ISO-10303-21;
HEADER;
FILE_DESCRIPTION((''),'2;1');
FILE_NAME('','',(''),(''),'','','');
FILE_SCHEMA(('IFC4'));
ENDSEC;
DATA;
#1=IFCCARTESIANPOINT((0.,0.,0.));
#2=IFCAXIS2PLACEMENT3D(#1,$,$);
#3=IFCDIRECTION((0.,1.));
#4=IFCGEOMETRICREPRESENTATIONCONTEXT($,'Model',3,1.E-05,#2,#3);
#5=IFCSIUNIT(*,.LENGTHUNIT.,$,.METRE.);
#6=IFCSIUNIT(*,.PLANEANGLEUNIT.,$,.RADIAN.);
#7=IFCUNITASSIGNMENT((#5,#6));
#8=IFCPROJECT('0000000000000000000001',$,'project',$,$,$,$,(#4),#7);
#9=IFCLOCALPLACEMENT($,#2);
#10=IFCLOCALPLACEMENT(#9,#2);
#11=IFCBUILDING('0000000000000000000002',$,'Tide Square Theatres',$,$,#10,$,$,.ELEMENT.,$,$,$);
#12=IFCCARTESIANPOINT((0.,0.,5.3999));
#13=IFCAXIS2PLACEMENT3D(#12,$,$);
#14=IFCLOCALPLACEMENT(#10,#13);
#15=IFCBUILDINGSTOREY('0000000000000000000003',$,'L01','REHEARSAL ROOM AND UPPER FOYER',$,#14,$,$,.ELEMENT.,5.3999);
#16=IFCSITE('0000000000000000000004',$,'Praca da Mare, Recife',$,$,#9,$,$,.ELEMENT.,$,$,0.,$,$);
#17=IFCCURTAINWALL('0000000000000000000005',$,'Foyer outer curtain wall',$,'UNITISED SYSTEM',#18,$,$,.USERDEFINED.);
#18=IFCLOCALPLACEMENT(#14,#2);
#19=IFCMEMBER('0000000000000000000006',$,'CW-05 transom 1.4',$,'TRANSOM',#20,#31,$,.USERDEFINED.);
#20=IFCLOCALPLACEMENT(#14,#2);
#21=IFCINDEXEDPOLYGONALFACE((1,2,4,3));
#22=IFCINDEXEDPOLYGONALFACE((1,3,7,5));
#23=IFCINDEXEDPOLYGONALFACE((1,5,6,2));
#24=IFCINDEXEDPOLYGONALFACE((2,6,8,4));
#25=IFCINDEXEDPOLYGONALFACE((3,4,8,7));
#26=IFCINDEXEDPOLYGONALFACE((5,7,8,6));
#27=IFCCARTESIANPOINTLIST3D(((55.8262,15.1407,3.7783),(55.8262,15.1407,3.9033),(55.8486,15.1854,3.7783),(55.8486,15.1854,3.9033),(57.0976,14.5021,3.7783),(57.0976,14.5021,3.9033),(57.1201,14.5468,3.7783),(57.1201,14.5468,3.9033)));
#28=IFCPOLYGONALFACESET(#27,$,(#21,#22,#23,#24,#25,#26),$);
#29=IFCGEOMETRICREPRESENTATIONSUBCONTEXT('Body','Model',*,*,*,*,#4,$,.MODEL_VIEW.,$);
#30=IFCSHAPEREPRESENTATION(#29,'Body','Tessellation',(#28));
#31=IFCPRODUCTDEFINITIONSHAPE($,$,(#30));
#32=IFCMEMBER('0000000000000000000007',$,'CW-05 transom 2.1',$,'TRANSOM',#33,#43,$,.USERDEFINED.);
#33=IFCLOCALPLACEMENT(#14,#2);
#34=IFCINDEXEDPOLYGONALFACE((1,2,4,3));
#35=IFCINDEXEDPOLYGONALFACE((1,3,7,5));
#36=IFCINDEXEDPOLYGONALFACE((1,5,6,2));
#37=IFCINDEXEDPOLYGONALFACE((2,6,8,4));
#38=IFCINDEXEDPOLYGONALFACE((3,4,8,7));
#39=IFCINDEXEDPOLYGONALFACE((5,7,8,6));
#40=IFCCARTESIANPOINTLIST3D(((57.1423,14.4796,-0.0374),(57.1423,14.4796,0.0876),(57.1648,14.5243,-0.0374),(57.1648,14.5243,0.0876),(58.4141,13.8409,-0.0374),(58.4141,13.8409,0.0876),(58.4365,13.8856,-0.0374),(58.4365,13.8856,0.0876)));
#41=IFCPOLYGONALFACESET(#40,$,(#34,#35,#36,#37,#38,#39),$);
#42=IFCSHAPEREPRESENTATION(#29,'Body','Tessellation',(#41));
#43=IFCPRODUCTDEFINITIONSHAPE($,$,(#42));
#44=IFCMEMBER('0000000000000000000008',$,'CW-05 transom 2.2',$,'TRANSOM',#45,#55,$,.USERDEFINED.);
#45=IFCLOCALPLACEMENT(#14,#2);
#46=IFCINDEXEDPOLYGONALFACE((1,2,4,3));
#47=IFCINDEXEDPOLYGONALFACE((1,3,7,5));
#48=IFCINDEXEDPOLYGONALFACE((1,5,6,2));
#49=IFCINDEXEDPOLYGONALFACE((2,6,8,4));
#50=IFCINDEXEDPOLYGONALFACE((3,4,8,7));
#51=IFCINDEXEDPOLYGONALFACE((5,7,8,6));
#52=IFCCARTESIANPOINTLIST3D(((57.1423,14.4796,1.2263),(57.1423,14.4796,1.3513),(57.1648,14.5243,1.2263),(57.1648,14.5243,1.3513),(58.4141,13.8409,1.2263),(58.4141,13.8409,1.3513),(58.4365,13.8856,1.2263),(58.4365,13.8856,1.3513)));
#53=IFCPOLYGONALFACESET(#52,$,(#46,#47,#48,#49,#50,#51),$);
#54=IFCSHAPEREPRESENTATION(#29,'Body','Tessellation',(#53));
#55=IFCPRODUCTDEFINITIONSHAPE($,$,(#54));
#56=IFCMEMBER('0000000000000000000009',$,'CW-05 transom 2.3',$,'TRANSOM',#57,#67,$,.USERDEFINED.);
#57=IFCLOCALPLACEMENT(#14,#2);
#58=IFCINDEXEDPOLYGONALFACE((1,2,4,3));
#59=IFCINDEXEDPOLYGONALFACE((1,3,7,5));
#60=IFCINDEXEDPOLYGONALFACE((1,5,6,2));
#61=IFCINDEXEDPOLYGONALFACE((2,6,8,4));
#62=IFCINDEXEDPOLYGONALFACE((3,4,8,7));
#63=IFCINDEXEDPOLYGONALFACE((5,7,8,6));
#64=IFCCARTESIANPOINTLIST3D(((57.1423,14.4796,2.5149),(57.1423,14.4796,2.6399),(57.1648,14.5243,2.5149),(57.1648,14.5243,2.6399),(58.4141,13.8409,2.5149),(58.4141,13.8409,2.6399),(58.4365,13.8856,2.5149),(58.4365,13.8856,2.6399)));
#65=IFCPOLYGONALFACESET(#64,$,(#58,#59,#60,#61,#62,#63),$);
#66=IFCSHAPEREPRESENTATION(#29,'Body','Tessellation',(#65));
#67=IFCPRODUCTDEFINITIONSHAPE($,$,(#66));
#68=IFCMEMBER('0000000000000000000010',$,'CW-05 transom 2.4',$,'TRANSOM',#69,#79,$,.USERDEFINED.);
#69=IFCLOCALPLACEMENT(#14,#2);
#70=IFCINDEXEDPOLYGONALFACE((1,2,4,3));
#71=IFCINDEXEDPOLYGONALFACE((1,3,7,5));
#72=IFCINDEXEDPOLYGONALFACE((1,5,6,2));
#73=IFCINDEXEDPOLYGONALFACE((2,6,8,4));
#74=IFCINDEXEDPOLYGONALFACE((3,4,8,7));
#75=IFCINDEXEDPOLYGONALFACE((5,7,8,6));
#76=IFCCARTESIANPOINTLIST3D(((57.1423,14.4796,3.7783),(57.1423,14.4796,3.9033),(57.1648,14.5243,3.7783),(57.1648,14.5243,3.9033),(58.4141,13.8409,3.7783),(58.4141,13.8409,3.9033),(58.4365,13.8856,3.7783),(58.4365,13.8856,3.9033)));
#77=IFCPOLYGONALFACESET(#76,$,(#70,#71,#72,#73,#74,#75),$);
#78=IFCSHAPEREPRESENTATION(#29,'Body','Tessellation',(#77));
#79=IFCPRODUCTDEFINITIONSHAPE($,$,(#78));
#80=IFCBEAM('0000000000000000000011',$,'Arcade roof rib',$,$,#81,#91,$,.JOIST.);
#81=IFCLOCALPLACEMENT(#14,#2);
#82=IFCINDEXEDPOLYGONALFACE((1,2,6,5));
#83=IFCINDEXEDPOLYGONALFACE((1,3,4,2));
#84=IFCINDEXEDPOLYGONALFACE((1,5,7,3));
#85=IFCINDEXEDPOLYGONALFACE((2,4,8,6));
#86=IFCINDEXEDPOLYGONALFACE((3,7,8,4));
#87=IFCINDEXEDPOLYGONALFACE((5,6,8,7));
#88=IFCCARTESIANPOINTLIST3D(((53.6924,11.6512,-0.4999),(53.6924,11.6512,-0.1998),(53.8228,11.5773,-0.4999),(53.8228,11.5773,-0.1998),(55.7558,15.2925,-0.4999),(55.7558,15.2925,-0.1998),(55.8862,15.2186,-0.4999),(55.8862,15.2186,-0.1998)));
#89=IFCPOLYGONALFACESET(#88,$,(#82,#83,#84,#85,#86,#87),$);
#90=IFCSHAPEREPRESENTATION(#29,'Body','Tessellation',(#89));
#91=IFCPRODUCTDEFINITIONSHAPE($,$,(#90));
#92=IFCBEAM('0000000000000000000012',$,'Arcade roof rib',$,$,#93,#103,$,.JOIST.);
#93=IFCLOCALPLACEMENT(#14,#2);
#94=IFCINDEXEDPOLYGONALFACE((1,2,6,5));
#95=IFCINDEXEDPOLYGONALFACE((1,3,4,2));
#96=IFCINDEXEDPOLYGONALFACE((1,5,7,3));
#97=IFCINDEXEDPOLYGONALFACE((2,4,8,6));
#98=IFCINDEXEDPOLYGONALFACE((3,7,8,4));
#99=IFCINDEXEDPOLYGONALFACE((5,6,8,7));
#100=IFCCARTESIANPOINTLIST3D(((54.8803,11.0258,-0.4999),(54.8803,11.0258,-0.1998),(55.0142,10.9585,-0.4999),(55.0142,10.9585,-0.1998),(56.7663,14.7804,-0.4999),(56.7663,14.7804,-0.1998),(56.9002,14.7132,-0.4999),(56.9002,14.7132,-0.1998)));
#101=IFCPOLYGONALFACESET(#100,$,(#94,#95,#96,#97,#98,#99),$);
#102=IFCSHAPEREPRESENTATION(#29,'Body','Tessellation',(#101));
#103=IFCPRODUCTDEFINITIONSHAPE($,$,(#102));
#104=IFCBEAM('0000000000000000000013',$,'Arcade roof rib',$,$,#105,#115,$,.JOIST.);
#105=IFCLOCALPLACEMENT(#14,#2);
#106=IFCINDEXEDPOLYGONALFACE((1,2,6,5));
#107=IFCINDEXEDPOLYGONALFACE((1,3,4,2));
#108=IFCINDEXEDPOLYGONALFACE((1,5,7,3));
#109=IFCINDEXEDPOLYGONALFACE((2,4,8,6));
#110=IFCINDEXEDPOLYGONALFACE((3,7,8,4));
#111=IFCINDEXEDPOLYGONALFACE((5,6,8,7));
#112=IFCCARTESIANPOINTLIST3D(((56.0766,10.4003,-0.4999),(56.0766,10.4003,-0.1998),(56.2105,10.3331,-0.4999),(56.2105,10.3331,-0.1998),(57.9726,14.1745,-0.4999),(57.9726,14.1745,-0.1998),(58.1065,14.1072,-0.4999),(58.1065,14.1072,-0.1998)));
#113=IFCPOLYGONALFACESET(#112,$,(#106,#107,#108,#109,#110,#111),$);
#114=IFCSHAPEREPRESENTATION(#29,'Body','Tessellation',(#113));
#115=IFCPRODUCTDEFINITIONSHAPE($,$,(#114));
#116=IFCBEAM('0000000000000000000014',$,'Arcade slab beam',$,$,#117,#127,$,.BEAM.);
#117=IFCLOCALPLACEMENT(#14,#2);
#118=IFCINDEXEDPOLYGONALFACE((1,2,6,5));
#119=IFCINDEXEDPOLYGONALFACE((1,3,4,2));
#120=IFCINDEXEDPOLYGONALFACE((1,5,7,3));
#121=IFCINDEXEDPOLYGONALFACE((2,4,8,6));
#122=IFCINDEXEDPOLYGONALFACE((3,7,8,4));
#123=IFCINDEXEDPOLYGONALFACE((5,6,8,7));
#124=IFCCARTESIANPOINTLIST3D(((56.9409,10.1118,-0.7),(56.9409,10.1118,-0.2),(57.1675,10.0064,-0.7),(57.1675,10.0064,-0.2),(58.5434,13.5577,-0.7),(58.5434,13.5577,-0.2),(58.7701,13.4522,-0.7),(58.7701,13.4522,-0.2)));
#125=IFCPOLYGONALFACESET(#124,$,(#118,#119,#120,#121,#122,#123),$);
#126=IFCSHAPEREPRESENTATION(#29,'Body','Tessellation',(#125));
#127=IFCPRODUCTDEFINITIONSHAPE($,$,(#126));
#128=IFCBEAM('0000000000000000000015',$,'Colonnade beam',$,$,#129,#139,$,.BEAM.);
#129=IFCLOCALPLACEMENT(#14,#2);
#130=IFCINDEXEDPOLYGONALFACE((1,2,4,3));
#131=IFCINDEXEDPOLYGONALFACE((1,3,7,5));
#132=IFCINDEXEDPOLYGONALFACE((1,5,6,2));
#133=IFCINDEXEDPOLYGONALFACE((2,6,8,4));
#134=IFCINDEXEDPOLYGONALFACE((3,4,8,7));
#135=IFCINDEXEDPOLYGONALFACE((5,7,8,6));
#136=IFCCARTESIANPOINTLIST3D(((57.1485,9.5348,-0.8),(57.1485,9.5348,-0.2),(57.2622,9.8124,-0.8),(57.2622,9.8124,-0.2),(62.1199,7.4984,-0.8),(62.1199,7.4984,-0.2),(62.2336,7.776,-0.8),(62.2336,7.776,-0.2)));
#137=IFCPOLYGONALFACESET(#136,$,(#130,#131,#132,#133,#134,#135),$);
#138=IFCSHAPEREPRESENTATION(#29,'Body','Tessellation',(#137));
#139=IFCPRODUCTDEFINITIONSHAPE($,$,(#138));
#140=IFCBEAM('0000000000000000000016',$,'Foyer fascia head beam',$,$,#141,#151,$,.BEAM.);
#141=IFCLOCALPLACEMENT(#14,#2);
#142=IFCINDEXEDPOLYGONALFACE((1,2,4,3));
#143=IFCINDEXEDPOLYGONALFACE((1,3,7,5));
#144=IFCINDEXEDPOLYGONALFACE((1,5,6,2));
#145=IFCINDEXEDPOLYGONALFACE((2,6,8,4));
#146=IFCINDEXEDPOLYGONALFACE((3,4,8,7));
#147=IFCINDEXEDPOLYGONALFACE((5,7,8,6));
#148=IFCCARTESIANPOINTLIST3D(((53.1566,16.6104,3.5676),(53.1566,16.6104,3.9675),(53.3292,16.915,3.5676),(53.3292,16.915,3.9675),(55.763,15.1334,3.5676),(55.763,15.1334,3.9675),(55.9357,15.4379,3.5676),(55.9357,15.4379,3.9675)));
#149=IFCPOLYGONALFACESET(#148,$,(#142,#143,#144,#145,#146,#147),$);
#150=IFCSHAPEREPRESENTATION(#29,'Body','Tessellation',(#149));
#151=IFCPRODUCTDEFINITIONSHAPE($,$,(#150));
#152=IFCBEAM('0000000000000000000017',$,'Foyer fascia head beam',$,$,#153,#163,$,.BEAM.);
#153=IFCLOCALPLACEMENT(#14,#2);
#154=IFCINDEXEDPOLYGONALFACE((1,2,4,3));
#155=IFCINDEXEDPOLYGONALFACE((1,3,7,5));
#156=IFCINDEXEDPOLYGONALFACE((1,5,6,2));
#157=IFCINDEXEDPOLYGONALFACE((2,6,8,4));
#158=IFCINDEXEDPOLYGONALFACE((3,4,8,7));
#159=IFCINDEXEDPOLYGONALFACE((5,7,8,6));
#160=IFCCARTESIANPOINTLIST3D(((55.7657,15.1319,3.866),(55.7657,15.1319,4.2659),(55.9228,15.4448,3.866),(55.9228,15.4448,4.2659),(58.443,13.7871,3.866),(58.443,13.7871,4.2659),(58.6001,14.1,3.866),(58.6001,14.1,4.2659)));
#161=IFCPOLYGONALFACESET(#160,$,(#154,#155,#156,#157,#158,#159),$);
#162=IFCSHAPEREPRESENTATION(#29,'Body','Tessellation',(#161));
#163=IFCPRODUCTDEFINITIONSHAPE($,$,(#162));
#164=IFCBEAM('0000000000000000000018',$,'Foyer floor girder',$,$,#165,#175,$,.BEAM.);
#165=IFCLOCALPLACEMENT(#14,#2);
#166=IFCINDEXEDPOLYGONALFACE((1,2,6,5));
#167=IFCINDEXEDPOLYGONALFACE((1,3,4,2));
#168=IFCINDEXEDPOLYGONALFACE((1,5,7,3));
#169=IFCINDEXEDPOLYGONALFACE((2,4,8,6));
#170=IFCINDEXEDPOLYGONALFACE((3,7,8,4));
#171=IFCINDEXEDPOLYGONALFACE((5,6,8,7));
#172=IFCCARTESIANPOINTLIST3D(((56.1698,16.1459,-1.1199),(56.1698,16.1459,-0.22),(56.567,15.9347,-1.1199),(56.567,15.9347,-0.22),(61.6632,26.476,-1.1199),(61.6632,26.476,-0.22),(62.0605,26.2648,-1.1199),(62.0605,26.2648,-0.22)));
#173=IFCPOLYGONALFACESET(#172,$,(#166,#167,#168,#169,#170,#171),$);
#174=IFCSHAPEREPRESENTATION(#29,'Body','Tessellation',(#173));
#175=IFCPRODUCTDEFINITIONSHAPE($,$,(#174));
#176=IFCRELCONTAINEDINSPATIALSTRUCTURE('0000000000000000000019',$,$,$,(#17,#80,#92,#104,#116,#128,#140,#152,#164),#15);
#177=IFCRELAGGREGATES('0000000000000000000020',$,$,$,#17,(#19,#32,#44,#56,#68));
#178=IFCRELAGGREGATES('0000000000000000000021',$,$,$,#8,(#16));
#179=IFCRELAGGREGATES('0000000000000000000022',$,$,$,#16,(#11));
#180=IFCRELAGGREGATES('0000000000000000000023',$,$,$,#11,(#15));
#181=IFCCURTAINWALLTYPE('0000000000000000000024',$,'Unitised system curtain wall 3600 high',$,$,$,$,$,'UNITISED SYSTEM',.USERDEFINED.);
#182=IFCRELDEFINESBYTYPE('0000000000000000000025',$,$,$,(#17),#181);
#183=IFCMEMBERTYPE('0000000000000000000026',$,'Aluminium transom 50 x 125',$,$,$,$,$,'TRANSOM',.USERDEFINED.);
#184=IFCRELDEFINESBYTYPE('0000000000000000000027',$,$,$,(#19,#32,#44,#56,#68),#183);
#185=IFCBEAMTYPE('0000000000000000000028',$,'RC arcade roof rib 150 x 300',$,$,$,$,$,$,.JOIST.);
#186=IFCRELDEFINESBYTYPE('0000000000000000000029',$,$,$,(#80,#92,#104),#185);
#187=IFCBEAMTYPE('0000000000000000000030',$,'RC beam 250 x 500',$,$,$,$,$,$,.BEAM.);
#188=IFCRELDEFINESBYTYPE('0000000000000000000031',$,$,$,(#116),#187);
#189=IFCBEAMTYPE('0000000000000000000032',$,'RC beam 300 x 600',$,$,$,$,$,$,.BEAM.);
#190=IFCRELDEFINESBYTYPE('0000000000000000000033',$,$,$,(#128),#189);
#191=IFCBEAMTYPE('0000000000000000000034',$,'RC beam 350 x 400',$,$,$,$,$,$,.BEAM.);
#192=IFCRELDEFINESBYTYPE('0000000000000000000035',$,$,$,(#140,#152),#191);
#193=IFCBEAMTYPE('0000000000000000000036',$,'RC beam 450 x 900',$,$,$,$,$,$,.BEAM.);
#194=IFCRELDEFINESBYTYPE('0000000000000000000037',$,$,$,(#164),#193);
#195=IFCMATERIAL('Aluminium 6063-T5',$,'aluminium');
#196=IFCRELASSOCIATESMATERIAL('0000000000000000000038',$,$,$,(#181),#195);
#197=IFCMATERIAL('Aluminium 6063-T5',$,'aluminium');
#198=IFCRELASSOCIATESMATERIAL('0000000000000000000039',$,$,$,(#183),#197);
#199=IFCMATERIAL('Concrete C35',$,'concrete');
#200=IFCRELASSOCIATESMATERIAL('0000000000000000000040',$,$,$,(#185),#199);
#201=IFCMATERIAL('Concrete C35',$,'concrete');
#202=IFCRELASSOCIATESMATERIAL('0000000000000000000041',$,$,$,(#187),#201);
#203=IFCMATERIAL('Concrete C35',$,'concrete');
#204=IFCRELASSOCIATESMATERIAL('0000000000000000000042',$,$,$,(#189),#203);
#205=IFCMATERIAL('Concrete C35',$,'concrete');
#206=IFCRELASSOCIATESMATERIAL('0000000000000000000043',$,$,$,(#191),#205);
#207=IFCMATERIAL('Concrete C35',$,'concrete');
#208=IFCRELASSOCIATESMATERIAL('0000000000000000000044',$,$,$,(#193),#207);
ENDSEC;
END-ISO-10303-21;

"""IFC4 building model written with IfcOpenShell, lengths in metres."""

from ifc_helpers import new_model, si_unit, direction, frame, origin, origin_2d, place, context, subcontext, project, spatial, rectangle, extrude, material, material_profile, profile_set, type_object, element, aggregate, save


model = new_model("IFC4")

# Units and contexts
model_context = context("Model", 3, precision=1e-05, world=origin(), true_north=direction((0.0, 1.0)))
body_context = subcontext(model_context, "Body", "Model", "MODEL_VIEW")
ifc_project = project(units=[si_unit("LENGTHUNIT", "METRE"), si_unit("PLANEANGLEUNIT", "RADIAN")], contexts=[model_context])

# Site, building, storey
site_placement = place(None, origin())
site = spatial("IfcSite", under=ifc_project, at=site_placement, Name="Praca da Mare, Recife", CompositionType="ELEMENT", RefElevation=0.0)
building_placement = place(site_placement, origin())
building = spatial("IfcBuilding", under=site, at=building_placement, Name="Tide Square Theatres", CompositionType="ELEMENT")
storey_placement = place(building_placement, frame((0.0, 0.0, 5.3999)))
storey = spatial("IfcBuildingStorey", under=building, at=storey_placement, Name="L01", Description="REHEARSAL ROOM AND UPPER FOYER", CompositionType="ELEMENT", Elevation=5.3999)

# Curtain wall
ifc_material_1 = material(Name="Aluminium 6063-T5", Category="aluminium")
curtain_wall_type = type_object("IfcCurtainWallType", Name="Unitised system curtain wall 3600 high", ElementType="UNITISED SYSTEM", PredefinedType="USERDEFINED", material=ifc_material_1)
curtain_wall_1_placement = place(storey_placement, origin())
curtain_wall_1 = element("IfcCurtainWall", 1, at=curtain_wall_1_placement, inside=storey, type_object=curtain_wall_type, Name="Foyer outer curtain wall", ObjectType="UNITISED SYSTEM", PredefinedType="USERDEFINED")

# Members
ifc_material_2 = material(Name="Aluminium 6063-T5", Category="aluminium")
ifc_material_profile_1 = material_profile(ifc_material_2, rectangle(XDim=0.05, YDim=0.125, at=origin_2d()))
ifc_profile_set_1 = profile_set([ifc_material_profile_1], Name="Aluminium 6063-T5")
member_type_1 = type_object("IfcMemberType", Name="Aluminium transom 50 x 125", ElementType="TRANSOM", PredefinedType="USERDEFINED", material=ifc_profile_set_1)
member_1_placement = place(storey_placement, frame((55.8374, 15.1631, 3.8408), z_axis=(0.893602, -0.44886, 0.0), x_axis=(0.44886, 0.893602, 0.0)))
member_1 = element("IfcMember", 2, at=member_1_placement, type_object=member_type_1, Name="CW-05 transom 1.4", ObjectType="TRANSOM", PredefinedType="USERDEFINED", context=body_context, shape_type="SweptSolid", body=[
    extrude(rectangle(XDim=0.05, YDim=0.125, at=origin_2d()), origin(), (0.0, 0.0, 1.0), 1.4229),
])
member_2_placement = place(storey_placement, frame((57.1536, 14.502, 0.0251), z_axis=(0.893637, -0.448791, 0.0), x_axis=(0.448791, 0.893637, 0.0)))
member_2 = element("IfcMember", 3, at=member_2_placement, type_object=member_type_1, Name="CW-05 transom 2.1", ObjectType="TRANSOM", PredefinedType="USERDEFINED", context=body_context, shape_type="SweptSolid", body=[
    extrude(rectangle(XDim=0.05, YDim=0.125, at=origin_2d()), origin(), (0.0, 0.0, 1.0), 1.4231),
])
member_3_placement = place(storey_placement, frame((57.1536, 14.502, 1.2888), z_axis=(0.893637, -0.448791, 0.0), x_axis=(0.448791, 0.893637, 0.0)))
member_3 = element("IfcMember", 4, at=member_3_placement, type_object=member_type_1, Name="CW-05 transom 2.2", ObjectType="TRANSOM", PredefinedType="USERDEFINED", context=body_context, shape_type="SweptSolid", body=[
    extrude(rectangle(XDim=0.05, YDim=0.125, at=origin_2d()), origin(), (0.0, 0.0, 1.0), 1.4231),
])
member_4_placement = place(storey_placement, frame((57.1536, 14.502, 2.5774), z_axis=(0.893637, -0.448791, 0.0), x_axis=(0.448791, 0.893637, 0.0)))
member_4 = element("IfcMember", 5, at=member_4_placement, type_object=member_type_1, Name="CW-05 transom 2.3", ObjectType="TRANSOM", PredefinedType="USERDEFINED", context=body_context, shape_type="SweptSolid", body=[
    extrude(rectangle(XDim=0.05, YDim=0.125, at=origin_2d()), origin(), (0.0, 0.0, 1.0), 1.4231),
])
member_5_placement = place(storey_placement, frame((57.1536, 14.502, 3.8408), z_axis=(0.893637, -0.448791, 0.0), x_axis=(0.448791, 0.893637, 0.0)))
member_5 = element("IfcMember", 6, at=member_5_placement, type_object=member_type_1, Name="CW-05 transom 2.4", ObjectType="TRANSOM", PredefinedType="USERDEFINED", context=body_context, shape_type="SweptSolid", body=[
    extrude(rectangle(XDim=0.05, YDim=0.125, at=origin_2d()), origin(), (0.0, 0.0, 1.0), 1.4231),
])

# Beams
ifc_material_3 = material(Name="Concrete C35", Category="concrete")
ifc_material_profile_2 = material_profile(ifc_material_3, rectangle(XDim=0.1499, YDim=0.3, at=origin_2d()))
ifc_profile_set_2 = profile_set([ifc_material_profile_2], Name="Concrete C35")
beam_type_1 = type_object("IfcBeamType", Name="RC arcade roof rib 150 x 300", PredefinedType="JOIST", material=ifc_profile_set_2)
beam_1_placement = place(storey_placement, frame((53.7576, 11.6143, -0.3499), z_axis=(0.49302, 0.870018, 0.0), x_axis=(-0.870018, 0.49302, 0.0)))
element("IfcBeam", 7, at=beam_1_placement, inside=storey, type_object=beam_type_1, Name="Arcade roof rib", PredefinedType="JOIST", context=body_context, shape_type="SweptSolid", body=[
    extrude(rectangle(XDim=0.1499, YDim=0.3, at=origin_2d()), origin(), (0.0, 0.0, 1.0), 4.1853),
])
beam_2_placement = place(storey_placement, frame((54.9473, 10.9922, -0.3499), z_axis=(0.448863, 0.893601, 0.0), x_axis=(-0.893601, 0.448863, 0.0)))
element("IfcBeam", 8, at=beam_2_placement, inside=storey, type_object=beam_type_1, Name="Arcade roof rib", PredefinedType="JOIST", context=body_context, shape_type="SweptSolid", body=[
    extrude(rectangle(XDim=0.1499, YDim=0.3, at=origin_2d()), origin(), (0.0, 0.0, 1.0), 4.2017),
])
beam_3_placement = place(storey_placement, frame((56.1436, 10.3667, -0.3499), z_axis=(0.448901, 0.893582, 0.0), x_axis=(-0.893582, 0.448901, 0.0)))
element("IfcBeam", 9, at=beam_3_placement, inside=storey, type_object=beam_type_1, Name="Arcade roof rib", PredefinedType="JOIST", context=body_context, shape_type="SweptSolid", body=[
    extrude(rectangle(XDim=0.1499, YDim=0.3, at=origin_2d()), origin(), (0.0, 0.0, 1.0), 4.2236),
])
ifc_material_4 = material(Name="Concrete C35", Category="concrete")
ifc_material_profile_3 = material_profile(ifc_material_4, rectangle(XDim=0.25, YDim=0.5, at=origin_2d()))
ifc_profile_set_3 = profile_set([ifc_material_profile_3], Name="Concrete C35")
beam_type_2 = type_object("IfcBeamType", Name="RC beam 250 x 500", PredefinedType="BEAM", material=ifc_profile_set_3)
beam_4_placement = place(storey_placement, frame((57.0542, 10.0591, -0.45), z_axis=(0.421696, 0.906737, 0.0), x_axis=(-0.906737, 0.421696, 0.0)))
element("IfcBeam", 10, at=beam_4_placement, inside=storey, type_object=beam_type_2, Name="Arcade slab beam", PredefinedType="BEAM", context=body_context, shape_type="SweptSolid", body=[
    extrude(rectangle(XDim=0.25, YDim=0.5, at=origin_2d()), origin(), (0.0, 0.0, 1.0), 3.8003),
])
ifc_material_5 = material(Name="Concrete C35", Category="concrete")
ifc_material_profile_4 = material_profile(ifc_material_5, rectangle(XDim=0.3, YDim=0.6001, at=origin_2d()))
ifc_profile_set_4 = profile_set([ifc_material_profile_4], Name="Concrete C35")
beam_type_3 = type_object("IfcBeamType", Name="RC beam 300 x 600", PredefinedType="BEAM", material=ifc_profile_set_4)
beam_5_placement = place(storey_placement, frame((57.2053, 9.6736, -0.5), z_axis=(0.925377, -0.379049, 0.0), x_axis=(0.379049, 0.925377, 0.0)))
element("IfcBeam", 11, at=beam_5_placement, inside=storey, type_object=beam_type_3, Name="Colonnade beam", PredefinedType="BEAM", context=body_context, shape_type="SweptSolid", body=[
    extrude(rectangle(XDim=0.3, YDim=0.6001, at=origin_2d()), origin(), (0.0, 0.0, 1.0), 5.3723),
])
ifc_material_6 = material(Name="Concrete C35", Category="concrete")
ifc_material_profile_5 = material_profile(ifc_material_6, rectangle(XDim=0.3501, YDim=0.3999, at=origin_2d()))
ifc_profile_set_5 = profile_set([ifc_material_profile_5], Name="Concrete C35")
beam_type_4 = type_object("IfcBeamType", Name="RC beam 350 x 400", PredefinedType="BEAM", material=ifc_profile_set_5)
beam_6_placement = place(storey_placement, frame((53.2429, 16.7627, 3.7676), z_axis=(0.870013, -0.493029, 0.0), x_axis=(0.493029, 0.870013, 0.0)))
element("IfcBeam", 12, at=beam_6_placement, inside=storey, type_object=beam_type_4, Name="Foyer fascia head beam", PredefinedType="BEAM", context=body_context, shape_type="SweptSolid", body=[
    extrude(rectangle(XDim=0.3501, YDim=0.3999, at=origin_2d()), origin(), (0.0, 0.0, 1.0), 2.9958),
])
beam_7_placement = place(storey_placement, frame((55.8442, 15.2883, 4.0659), z_axis=(0.893611, -0.448843, 0.0), x_axis=(0.448843, 0.893611, 0.0)))
element("IfcBeam", 13, at=beam_7_placement, inside=storey, type_object=beam_type_4, Name="Foyer fascia head beam", PredefinedType="BEAM", context=body_context, shape_type="SweptSolid", body=[
    extrude(rectangle(XDim=0.3501, YDim=0.3999, at=origin_2d()), origin(), (0.0, 0.0, 1.0), 2.9961),
])
ifc_material_7 = material(Name="Concrete C35", Category="concrete")
ifc_material_profile_6 = material_profile(ifc_material_7, rectangle(XDim=0.45, YDim=0.8999, at=origin_2d()))
ifc_profile_set_6 = profile_set([ifc_material_profile_6], Name="Concrete C35")
beam_type_5 = type_object("IfcBeamType", Name="RC beam 450 x 900", PredefinedType="BEAM", material=ifc_profile_set_6)
beam_8_placement = place(storey_placement, frame((56.3684, 16.0403, -0.6699), z_axis=(0.469525, 0.882919, 0.0), x_axis=(-0.882919, 0.469525, 0.0)))
element("IfcBeam", 14, at=beam_8_placement, inside=storey, type_object=beam_type_5, Name="Foyer floor girder", PredefinedType="BEAM", context=body_context, shape_type="SweptSolid", body=[
    extrude(rectangle(XDim=0.45, YDim=0.8999, at=origin_2d()), origin(), (0.0, 0.0, 1.0), 11.7),
])

aggregate(curtain_wall_1, [member_1, member_2, member_3, member_4, member_5])

save(model, "model.ifc")
